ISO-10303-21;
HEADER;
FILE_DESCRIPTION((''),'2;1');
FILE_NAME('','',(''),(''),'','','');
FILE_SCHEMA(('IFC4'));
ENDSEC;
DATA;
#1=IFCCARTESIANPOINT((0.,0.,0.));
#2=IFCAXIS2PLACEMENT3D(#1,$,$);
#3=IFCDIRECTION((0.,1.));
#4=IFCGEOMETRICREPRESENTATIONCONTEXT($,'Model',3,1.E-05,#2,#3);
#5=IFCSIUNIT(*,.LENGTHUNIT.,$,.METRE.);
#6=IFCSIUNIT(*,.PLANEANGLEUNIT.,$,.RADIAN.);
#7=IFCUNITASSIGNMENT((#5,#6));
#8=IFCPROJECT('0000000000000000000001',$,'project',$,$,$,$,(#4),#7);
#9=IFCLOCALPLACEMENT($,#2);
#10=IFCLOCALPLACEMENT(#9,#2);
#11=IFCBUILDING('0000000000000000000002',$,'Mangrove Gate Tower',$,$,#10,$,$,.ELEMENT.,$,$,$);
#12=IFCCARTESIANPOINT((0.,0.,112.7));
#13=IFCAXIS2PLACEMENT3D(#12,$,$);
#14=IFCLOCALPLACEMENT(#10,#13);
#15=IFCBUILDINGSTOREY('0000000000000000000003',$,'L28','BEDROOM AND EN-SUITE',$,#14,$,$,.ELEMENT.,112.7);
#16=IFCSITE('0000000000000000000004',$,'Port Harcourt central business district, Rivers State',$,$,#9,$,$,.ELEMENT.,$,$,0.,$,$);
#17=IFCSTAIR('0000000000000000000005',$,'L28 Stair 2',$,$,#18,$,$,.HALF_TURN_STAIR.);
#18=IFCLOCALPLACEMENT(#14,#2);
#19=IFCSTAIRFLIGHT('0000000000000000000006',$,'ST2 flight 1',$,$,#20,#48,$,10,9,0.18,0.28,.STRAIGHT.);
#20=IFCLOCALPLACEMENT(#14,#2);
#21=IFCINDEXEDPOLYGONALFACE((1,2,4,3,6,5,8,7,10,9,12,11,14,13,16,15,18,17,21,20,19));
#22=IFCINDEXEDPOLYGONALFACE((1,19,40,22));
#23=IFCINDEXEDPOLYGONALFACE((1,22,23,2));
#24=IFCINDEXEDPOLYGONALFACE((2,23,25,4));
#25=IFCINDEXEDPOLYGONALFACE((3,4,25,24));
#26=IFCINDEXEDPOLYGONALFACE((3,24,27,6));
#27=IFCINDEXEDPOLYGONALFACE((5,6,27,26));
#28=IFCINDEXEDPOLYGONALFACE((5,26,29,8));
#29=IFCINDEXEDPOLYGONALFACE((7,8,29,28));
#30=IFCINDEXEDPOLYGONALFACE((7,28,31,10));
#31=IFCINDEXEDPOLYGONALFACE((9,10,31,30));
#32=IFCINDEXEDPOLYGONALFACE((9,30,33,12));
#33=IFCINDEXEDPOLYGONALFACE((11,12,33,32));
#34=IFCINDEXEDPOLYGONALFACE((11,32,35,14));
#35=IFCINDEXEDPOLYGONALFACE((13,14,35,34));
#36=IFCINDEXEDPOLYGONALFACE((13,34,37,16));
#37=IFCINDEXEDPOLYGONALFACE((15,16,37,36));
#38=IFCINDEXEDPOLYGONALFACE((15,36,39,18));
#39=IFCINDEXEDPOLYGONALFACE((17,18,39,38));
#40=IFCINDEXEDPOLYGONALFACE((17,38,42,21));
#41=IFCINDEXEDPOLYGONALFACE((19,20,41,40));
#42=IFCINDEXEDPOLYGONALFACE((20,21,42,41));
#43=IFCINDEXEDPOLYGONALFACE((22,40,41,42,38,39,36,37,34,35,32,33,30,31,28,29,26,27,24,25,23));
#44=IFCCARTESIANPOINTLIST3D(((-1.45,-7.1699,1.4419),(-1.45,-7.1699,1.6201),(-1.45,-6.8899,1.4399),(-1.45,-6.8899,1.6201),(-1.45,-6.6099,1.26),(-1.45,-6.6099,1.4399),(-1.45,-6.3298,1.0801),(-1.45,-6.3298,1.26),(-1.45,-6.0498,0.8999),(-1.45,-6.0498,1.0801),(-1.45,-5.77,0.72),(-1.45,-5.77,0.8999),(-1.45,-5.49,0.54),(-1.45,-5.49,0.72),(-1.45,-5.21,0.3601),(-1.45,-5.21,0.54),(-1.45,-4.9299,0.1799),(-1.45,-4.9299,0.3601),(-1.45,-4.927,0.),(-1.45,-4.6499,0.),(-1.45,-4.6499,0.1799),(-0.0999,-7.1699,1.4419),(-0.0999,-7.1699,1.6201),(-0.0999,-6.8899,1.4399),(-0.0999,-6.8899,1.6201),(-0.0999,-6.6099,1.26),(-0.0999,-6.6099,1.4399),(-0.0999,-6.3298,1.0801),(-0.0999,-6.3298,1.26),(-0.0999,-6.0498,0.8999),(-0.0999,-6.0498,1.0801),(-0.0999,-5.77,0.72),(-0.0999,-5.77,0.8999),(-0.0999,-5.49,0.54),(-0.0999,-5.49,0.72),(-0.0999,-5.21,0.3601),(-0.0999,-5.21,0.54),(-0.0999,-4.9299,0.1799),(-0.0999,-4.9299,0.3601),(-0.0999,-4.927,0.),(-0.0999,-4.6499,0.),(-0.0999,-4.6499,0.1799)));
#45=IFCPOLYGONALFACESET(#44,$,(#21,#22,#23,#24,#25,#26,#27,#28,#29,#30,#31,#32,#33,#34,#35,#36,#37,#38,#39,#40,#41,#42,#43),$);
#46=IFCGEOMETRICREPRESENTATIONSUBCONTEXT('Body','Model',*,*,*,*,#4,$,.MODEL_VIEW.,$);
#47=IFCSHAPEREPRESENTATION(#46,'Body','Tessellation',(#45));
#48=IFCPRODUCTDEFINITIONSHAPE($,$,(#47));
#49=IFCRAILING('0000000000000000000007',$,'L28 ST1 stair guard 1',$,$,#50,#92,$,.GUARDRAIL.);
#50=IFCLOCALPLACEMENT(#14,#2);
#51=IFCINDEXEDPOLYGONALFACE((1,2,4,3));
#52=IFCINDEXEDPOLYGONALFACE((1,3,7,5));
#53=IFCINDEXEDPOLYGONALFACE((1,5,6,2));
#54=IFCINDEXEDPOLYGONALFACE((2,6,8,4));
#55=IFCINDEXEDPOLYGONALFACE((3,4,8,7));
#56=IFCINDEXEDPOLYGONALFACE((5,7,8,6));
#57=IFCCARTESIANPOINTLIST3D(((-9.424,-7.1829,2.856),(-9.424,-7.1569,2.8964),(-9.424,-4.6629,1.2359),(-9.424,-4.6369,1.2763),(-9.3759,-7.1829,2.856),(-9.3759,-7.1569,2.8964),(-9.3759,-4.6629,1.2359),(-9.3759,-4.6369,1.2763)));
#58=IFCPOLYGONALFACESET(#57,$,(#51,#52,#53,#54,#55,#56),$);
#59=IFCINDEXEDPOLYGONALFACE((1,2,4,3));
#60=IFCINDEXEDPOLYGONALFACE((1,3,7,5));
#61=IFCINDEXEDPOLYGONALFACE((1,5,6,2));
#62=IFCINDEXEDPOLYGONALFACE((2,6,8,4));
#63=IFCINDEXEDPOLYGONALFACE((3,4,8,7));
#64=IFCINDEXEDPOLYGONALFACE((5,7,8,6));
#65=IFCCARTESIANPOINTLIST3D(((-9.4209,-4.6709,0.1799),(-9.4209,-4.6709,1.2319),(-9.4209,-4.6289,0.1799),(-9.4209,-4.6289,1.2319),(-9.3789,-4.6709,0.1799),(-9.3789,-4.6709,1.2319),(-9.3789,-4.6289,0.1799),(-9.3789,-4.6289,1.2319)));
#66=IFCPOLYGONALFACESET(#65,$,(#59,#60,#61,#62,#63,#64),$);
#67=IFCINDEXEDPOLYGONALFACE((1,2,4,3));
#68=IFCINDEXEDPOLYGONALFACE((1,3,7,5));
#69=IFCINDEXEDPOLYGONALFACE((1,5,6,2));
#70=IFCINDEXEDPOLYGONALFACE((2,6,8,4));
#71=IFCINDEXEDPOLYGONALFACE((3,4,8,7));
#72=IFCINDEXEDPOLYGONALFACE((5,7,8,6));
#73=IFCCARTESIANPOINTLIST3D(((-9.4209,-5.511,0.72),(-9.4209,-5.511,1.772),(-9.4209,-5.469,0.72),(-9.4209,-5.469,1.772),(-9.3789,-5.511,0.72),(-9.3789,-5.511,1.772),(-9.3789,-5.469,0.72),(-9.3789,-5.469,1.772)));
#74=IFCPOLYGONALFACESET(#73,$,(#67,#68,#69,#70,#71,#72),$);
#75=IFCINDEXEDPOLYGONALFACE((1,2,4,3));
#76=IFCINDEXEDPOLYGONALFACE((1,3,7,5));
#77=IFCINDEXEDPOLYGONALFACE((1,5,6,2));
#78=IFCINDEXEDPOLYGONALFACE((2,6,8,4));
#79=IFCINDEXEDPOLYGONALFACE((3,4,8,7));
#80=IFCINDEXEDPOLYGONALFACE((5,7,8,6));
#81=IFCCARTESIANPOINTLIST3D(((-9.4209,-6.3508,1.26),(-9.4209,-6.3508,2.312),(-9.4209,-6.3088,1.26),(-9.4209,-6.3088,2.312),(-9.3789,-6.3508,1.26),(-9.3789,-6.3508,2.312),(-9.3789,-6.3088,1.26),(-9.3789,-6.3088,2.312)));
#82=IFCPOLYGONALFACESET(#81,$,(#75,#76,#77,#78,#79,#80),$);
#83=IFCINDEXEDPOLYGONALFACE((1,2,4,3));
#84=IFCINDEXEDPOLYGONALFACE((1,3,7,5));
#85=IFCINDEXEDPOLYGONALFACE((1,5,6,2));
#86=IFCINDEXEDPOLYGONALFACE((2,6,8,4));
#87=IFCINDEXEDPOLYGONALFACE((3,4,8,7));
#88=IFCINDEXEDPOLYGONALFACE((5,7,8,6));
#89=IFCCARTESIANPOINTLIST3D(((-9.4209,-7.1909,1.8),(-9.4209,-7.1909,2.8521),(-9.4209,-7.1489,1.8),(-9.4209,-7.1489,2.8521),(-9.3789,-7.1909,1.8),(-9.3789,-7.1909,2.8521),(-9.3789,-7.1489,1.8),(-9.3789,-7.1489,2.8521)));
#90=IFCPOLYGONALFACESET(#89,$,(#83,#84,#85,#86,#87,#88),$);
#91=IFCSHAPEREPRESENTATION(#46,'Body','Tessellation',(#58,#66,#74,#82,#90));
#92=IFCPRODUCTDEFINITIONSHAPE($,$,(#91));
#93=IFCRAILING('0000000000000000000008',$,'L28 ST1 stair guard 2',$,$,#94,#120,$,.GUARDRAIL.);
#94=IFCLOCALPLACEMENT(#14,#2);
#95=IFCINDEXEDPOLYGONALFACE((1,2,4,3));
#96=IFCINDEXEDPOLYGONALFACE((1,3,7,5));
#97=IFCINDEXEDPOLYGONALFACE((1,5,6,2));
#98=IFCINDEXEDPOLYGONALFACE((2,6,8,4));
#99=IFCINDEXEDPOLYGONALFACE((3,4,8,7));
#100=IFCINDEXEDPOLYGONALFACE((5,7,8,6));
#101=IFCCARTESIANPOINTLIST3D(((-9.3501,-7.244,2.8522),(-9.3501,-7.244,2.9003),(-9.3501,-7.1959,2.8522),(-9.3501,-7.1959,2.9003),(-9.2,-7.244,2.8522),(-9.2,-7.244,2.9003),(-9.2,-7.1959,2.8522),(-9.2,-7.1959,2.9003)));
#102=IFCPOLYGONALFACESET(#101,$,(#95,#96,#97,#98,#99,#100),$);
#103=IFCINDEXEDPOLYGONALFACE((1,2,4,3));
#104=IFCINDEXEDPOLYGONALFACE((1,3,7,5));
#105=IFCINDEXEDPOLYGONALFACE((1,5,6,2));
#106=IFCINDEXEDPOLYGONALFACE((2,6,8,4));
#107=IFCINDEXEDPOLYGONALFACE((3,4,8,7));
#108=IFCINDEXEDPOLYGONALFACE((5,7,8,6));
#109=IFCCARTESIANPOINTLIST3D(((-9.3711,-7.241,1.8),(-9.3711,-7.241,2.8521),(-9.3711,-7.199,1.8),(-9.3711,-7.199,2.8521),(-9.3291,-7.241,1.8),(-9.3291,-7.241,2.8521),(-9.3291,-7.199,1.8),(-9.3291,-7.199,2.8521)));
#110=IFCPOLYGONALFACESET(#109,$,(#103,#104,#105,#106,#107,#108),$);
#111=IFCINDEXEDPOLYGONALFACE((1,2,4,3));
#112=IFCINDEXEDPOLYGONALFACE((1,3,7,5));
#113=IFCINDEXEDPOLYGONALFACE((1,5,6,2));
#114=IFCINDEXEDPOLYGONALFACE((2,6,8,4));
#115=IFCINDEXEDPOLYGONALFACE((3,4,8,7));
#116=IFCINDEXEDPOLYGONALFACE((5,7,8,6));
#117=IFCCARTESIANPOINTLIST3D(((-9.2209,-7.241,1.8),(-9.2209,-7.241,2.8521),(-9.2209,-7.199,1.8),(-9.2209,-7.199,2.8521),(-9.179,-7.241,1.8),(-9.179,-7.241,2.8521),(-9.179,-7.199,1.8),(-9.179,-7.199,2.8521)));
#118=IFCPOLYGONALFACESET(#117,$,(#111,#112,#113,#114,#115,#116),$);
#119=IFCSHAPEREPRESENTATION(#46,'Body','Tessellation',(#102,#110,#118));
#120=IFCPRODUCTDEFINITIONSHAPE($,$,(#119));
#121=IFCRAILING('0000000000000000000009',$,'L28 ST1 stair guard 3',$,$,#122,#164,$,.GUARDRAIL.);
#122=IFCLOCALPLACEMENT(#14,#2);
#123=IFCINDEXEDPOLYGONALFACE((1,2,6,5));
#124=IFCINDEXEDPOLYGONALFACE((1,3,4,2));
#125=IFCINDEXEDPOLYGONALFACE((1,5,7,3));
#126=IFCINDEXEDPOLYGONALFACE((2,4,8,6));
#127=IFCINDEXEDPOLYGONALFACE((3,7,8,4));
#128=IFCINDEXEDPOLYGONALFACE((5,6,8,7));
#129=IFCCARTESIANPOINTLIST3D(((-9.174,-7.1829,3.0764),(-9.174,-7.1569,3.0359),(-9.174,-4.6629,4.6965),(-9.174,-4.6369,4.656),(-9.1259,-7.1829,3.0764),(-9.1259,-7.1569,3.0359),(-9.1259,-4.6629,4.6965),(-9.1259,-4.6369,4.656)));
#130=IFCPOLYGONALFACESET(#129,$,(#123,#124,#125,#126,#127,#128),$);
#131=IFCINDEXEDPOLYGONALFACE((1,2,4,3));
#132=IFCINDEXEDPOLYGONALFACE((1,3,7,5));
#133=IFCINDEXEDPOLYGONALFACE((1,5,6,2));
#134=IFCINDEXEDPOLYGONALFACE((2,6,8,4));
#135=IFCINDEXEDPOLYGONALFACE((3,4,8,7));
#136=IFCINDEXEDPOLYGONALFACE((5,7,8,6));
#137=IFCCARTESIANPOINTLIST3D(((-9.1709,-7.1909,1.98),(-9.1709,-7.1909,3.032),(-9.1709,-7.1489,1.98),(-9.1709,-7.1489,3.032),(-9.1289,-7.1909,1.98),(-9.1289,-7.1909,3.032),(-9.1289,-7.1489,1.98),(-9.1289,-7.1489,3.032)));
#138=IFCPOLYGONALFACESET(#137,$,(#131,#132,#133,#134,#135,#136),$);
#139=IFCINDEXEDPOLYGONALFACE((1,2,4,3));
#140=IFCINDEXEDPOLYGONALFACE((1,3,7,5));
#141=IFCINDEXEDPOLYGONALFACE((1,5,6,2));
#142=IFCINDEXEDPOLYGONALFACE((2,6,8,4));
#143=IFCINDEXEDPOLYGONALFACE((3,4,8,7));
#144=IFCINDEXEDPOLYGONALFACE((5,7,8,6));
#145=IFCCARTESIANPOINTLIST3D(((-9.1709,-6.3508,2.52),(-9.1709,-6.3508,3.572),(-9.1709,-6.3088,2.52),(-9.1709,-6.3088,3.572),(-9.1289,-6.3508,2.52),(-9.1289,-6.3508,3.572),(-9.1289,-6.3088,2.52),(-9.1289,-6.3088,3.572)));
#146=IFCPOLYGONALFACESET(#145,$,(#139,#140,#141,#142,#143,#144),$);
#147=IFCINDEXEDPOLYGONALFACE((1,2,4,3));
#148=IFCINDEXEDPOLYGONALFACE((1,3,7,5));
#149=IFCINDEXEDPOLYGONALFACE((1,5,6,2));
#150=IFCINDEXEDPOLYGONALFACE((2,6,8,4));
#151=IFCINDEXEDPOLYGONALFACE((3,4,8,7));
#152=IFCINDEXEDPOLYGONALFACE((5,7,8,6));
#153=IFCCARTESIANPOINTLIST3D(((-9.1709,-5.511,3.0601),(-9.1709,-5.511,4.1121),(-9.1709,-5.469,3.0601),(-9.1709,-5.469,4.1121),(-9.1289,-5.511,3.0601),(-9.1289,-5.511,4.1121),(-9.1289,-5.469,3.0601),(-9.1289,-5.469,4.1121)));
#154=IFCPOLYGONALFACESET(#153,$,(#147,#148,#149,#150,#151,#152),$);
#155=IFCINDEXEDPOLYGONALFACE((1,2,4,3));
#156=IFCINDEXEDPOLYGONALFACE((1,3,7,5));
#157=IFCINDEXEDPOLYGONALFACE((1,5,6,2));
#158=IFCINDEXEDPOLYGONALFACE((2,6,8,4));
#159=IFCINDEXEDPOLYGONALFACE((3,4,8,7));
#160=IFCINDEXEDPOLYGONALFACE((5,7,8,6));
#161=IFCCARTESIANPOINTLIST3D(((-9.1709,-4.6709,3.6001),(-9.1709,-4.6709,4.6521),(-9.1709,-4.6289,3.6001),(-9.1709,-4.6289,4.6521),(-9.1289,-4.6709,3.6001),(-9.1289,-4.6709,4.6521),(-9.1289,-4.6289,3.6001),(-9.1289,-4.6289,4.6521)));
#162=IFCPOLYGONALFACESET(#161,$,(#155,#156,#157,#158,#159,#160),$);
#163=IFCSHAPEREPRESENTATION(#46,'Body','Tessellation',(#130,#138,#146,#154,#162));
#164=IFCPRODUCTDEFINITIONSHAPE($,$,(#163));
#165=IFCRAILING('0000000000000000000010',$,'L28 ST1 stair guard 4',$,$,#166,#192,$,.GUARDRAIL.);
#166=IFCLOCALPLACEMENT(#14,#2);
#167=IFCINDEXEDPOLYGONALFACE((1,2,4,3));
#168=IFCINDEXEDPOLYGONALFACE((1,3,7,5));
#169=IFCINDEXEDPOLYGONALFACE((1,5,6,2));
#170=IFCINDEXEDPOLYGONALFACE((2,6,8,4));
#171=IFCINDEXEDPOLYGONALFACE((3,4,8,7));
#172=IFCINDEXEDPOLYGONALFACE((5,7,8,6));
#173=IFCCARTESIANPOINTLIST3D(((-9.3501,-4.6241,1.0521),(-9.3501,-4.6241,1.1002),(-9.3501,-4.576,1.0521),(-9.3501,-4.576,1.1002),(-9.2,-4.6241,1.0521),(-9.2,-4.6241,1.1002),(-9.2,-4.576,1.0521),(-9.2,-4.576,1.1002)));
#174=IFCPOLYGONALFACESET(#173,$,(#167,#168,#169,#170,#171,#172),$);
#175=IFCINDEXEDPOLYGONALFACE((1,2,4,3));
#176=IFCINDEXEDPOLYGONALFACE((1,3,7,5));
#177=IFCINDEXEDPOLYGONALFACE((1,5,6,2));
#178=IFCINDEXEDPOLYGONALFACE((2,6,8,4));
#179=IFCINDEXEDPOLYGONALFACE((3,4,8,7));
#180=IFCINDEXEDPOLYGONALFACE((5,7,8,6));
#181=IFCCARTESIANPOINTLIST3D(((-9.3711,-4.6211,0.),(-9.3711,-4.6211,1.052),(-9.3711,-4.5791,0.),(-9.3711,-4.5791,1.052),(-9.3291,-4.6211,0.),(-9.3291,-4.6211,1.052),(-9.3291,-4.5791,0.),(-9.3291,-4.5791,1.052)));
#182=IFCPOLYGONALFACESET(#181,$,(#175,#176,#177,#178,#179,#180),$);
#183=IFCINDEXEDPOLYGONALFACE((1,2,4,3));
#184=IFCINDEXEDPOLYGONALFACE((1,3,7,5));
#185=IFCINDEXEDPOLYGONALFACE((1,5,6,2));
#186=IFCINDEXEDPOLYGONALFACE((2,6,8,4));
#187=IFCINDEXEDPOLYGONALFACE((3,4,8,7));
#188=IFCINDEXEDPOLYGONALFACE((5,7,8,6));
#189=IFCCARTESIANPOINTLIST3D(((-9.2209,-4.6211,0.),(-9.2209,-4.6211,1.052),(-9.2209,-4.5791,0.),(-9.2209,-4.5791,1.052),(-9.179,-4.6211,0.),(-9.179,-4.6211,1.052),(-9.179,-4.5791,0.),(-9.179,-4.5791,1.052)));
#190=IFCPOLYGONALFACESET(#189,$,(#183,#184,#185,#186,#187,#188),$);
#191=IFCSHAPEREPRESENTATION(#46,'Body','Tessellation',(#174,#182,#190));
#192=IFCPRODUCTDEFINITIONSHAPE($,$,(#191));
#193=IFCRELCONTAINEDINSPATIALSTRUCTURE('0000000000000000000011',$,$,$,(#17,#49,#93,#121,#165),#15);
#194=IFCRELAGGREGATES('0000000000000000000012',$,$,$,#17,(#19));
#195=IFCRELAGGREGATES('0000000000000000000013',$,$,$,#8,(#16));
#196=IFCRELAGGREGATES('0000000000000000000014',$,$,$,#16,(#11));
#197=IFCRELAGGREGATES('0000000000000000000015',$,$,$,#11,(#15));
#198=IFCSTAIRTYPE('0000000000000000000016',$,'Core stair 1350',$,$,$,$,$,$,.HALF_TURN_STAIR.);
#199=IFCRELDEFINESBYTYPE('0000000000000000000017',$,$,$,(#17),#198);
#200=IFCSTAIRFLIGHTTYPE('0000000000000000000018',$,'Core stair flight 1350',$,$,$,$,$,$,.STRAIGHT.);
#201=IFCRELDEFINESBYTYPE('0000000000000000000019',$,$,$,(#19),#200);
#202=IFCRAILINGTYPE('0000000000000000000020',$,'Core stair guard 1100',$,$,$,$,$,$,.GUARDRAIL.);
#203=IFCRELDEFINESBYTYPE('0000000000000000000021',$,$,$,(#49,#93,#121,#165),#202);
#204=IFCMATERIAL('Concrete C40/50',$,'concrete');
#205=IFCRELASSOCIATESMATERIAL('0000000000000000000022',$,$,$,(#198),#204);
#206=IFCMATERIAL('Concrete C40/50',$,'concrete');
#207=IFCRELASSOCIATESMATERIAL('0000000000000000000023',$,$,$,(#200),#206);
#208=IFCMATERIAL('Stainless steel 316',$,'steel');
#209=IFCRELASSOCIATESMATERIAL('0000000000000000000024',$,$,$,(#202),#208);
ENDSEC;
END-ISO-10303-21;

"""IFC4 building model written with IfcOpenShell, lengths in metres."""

from ifc_helpers import new_model, si_unit, direction, frame, origin, origin_2d, place, context, subcontext, project, spatial, polyline, rectangle, outline, extrude, material, type_object, element, aggregate, save


model = new_model("IFC4")

# Units and contexts
model_context = context("Model", 3, precision=1e-05, world=origin(), true_north=direction((0.0, 1.0)))
body_context = subcontext(model_context, "Body", "Model", "MODEL_VIEW")
ifc_project = project(units=[si_unit("LENGTHUNIT", "METRE"), si_unit("PLANEANGLEUNIT", "RADIAN")], contexts=[model_context])

# Site, building, storey
site_placement = place(None, origin())
site = spatial("IfcSite", under=ifc_project, at=site_placement, Name="Port Harcourt central business district, Rivers State", CompositionType="ELEMENT", RefElevation=0.0)
building_placement = place(site_placement, origin())
building = spatial("IfcBuilding", under=site, at=building_placement, Name="Mangrove Gate Tower", CompositionType="ELEMENT")
storey_placement = place(building_placement, frame((0.0, 0.0, 112.7)))
storey = spatial("IfcBuildingStorey", under=building, at=storey_placement, Name="L28", Description="BEDROOM AND EN-SUITE", CompositionType="ELEMENT", Elevation=112.7)

# Shared definitions
ifc_material_1 = material(Name="Concrete C40/50", Category="concrete")
stair_type = type_object("IfcStairType", Name="Core stair 1350", PredefinedType="HALF_TURN_STAIR", material=ifc_material_1)
ifc_material_2 = material(Name="Concrete C40/50", Category="concrete")
stair_flight_type = type_object("IfcStairFlightType", Name="Core stair flight 1350", PredefinedType="STRAIGHT", material=ifc_material_2)

# Stair, stair flight
stair_1_placement = place(storey_placement, origin())
stair_1 = element("IfcStair", 1, at=stair_1_placement, inside=storey, type_object=stair_type, Name="L28 Stair 2", PredefinedType="HALF_TURN_STAIR")
stair_flight_1_placement = place(storey_placement, frame((-0.7749, -4.6499, 0.0), z_axis=(0.0, 0.0, 1.0), x_axis=(0.0, -1.0, 0.0)))
stair_flight_1 = element("IfcStairFlight", 2, at=stair_flight_1_placement, type_object=stair_flight_type, Name="ST2 flight 1", NumberOfRisers=10, NumberOfTreads=9, PredefinedType="STRAIGHT", RiserHeight=0.18, TreadLength=0.28, context=body_context, shape_type="SweptSolid", body=[
    extrude(outline(polyline([(0.0, 0.0), (0.0, 0.1799), (0.28, 0.1799), (0.28, 0.3601), (0.5601, 0.3601), (0.5601, 0.54), (0.8401, 0.54), (0.8401, 0.72), (1.1201, 0.72), (1.1201, 0.8999), (1.3999, 0.8999), (1.3999, 1.0801), (1.6799, 1.0801), (1.6799, 1.26), (1.96, 1.26), (1.96, 1.4399), (2.24, 1.4399), (2.24, 1.6201), (2.52, 1.6201), (2.52, 1.8), (2.52, 1.4419), (0.2771, 0.0), (0.0, 0.0)])), frame((0.0, 0.675, 0.0), z_axis=(0.0, -1.0, 0.0), x_axis=(1.0, 0.0, 0.0)), (0.0, 0.0, 1.0), 1.3501),
])
aggregate(stair_1, [stair_flight_1])

# Railings
ifc_material_3 = material(Name="Stainless steel 316", Category="steel")
railing_type_1 = type_object("IfcRailingType", Name="Core stair guard 1100", PredefinedType="GUARDRAIL", material=ifc_material_3)
railing_1_placement = place(storey_placement, frame((-9.3999, -4.6499, 0.1799)))
element("IfcRailing", 3, at=railing_1_placement, inside=storey, type_object=railing_type_1, Name="L28 ST1 stair guard 1", PredefinedType="GUARDRAIL", context=body_context, shape_type="SweptSolid", body=[
    extrude(rectangle(XDim=0.0481, YDim=0.0481, at=origin_2d()), frame((0.0, 0.0, 1.0762), z_axis=(0.0, -0.841163, 0.540782), x_axis=(1.0, 0.0, 0.0)), (0.0, 0.0, 1.0), 2.9958),
    extrude(rectangle(XDim=0.042, YDim=0.042, at=origin_2d()), origin(), (0.0, 0.0, 1.0), 1.052),
    extrude(rectangle(XDim=0.042, YDim=0.042, at=origin_2d()), frame((0.0, -0.8401, 0.54)), (0.0, 0.0, 1.0), 1.052),
    extrude(rectangle(XDim=0.042, YDim=0.042, at=origin_2d()), frame((0.0, -1.6799, 1.0801)), (0.0, 0.0, 1.0), 1.052),
    extrude(rectangle(XDim=0.042, YDim=0.042, at=origin_2d()), frame((0.0, -2.52, 1.6201)), (0.0, 0.0, 1.0), 1.052),
])
railing_2_placement = place(storey_placement, frame((-9.3501, -7.22, 1.8)))
element("IfcRailing", 4, at=railing_2_placement, inside=storey, type_object=railing_type_1, Name="L28 ST1 stair guard 2", PredefinedType="GUARDRAIL", context=body_context, shape_type="SweptSolid", body=[
    extrude(rectangle(XDim=0.0481, YDim=0.0481, at=origin_2d()), frame((0.0, 0.0, 1.0762), z_axis=(1.0, 0.0, 0.0), x_axis=(0.0, 1.0, 0.0)), (0.0, 0.0, 1.0), 0.1501),
    extrude(rectangle(XDim=0.042, YDim=0.042, at=origin_2d()), origin(), (0.0, 0.0, 1.0), 1.052),
    extrude(rectangle(XDim=0.042, YDim=0.042, at=origin_2d()), frame((0.1501, 0.0, 0.0)), (0.0, 0.0, 1.0), 1.052),
])
railing_3_placement = place(storey_placement, frame((-9.1499, -7.1699, 1.98)))
element("IfcRailing", 5, at=railing_3_placement, inside=storey, type_object=railing_type_1, Name="L28 ST1 stair guard 3", PredefinedType="GUARDRAIL", context=body_context, shape_type="SweptSolid", body=[
    extrude(rectangle(XDim=0.0481, YDim=0.0481, at=origin_2d()), frame((0.0, 0.0, 1.0762), z_axis=(0.0, 0.841163, 0.540782), x_axis=(-1.0, 0.0, 0.0)), (0.0, 0.0, 1.0), 2.9958),
    extrude(rectangle(XDim=0.042, YDim=0.042, at=origin_2d()), origin(), (0.0, 0.0, 1.0), 1.052),
    extrude(rectangle(XDim=0.042, YDim=0.042, at=origin_2d()), frame((0.0, 0.8401, 0.54)), (0.0, 0.0, 1.0), 1.052),
    extrude(rectangle(XDim=0.042, YDim=0.042, at=origin_2d()), frame((0.0, 1.6799, 1.0801)), (0.0, 0.0, 1.0), 1.052),
    extrude(rectangle(XDim=0.042, YDim=0.042, at=origin_2d()), frame((0.0, 2.52, 1.6201)), (0.0, 0.0, 1.0), 1.052),
])
railing_4_placement = place(storey_placement, frame((-9.3501, -4.6001, 0.0)))
element("IfcRailing", 6, at=railing_4_placement, inside=storey, type_object=railing_type_1, Name="L28 ST1 stair guard 4", PredefinedType="GUARDRAIL", context=body_context, shape_type="SweptSolid", body=[
    extrude(rectangle(XDim=0.0481, YDim=0.0481, at=origin_2d()), frame((0.0, 0.0, 1.0762), z_axis=(1.0, 0.0, 0.0), x_axis=(0.0, 1.0, 0.0)), (0.0, 0.0, 1.0), 0.1501),
    extrude(rectangle(XDim=0.042, YDim=0.042, at=origin_2d()), origin(), (0.0, 0.0, 1.0), 1.052),
    extrude(rectangle(XDim=0.042, YDim=0.042, at=origin_2d()), frame((0.1501, 0.0, 0.0)), (0.0, 0.0, 1.0), 1.052),
])

save(model, "model.ifc")
